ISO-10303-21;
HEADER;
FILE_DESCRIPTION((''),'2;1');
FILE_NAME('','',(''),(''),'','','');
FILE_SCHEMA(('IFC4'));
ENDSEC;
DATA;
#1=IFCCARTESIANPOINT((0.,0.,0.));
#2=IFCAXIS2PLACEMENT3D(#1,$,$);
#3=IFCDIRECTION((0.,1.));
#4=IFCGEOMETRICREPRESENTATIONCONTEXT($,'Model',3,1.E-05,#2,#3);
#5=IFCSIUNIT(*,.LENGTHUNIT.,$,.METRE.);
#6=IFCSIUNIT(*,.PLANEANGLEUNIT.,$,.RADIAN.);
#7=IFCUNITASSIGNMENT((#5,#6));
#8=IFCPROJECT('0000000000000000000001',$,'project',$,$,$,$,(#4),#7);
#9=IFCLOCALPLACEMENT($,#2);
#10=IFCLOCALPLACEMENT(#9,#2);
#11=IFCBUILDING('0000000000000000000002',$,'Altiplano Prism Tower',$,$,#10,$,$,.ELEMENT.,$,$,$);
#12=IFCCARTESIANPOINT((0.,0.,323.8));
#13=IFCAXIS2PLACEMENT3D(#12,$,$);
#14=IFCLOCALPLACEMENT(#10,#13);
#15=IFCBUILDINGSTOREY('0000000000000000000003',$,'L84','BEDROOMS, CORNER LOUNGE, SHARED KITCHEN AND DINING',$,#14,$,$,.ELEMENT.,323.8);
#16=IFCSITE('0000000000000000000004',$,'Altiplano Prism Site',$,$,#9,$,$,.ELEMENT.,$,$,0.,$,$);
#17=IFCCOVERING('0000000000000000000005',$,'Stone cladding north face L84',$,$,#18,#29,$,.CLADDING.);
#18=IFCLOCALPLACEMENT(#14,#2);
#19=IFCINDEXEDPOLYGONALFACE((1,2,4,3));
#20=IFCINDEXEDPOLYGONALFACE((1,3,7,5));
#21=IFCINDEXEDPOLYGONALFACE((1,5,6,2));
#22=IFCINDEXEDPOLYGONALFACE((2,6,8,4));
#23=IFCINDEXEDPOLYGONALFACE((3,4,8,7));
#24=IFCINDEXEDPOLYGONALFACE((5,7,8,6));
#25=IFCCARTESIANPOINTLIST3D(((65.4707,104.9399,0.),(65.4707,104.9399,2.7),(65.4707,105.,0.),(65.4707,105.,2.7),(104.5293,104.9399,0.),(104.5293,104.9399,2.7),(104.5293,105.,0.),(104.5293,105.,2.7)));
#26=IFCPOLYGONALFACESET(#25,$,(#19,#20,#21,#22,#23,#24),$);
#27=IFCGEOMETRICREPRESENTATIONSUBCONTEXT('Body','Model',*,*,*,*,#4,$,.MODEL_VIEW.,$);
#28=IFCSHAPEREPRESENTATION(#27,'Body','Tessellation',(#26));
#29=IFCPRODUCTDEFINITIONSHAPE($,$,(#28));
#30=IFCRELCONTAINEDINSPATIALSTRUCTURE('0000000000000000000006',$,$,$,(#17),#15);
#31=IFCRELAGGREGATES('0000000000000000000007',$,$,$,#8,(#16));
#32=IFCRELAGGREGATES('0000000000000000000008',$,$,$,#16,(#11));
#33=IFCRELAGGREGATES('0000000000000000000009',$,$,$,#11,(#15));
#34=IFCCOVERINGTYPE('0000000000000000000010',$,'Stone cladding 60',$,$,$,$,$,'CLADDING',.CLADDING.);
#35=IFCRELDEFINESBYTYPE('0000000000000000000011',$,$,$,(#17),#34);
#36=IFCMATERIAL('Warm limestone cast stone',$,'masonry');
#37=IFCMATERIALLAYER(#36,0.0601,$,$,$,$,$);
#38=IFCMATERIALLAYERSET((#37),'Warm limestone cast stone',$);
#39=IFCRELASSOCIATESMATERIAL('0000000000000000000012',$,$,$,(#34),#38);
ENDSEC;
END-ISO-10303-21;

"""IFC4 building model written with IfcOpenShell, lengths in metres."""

from ifc_helpers import new_model, si_unit, direction, frame, frame_2d, origin, place, context, subcontext, project, spatial, rectangle, extrude, material, layer, layer_set, type_object, element, save


model = new_model("IFC4")

# Units and contexts
model_context = context("Model", 3, precision=1e-05, world=origin(), true_north=direction((0.0, 1.0)))
body_context = subcontext(model_context, "Body", "Model", "MODEL_VIEW")
ifc_project = project(units=[si_unit("LENGTHUNIT", "METRE"), si_unit("PLANEANGLEUNIT", "RADIAN")], contexts=[model_context])

# Site, building, storey
site_placement = place(None, origin())
site = spatial("IfcSite", under=ifc_project, at=site_placement, Name="Altiplano Prism Site", CompositionType="ELEMENT", RefElevation=0.0)
building_placement = place(site_placement, origin())
building = spatial("IfcBuilding", under=site, at=building_placement, Name="Altiplano Prism Tower", CompositionType="ELEMENT")
storey_placement = place(building_placement, frame((0.0, 0.0, 323.8)))
storey = spatial("IfcBuildingStorey", under=building, at=storey_placement, Name="L84", Description="BEDROOMS, CORNER LOUNGE, SHARED KITCHEN AND DINING", CompositionType="ELEMENT", Elevation=323.8)

# Covering
ifc_material_1 = material(Name="Warm limestone cast stone", Category="masonry")
ifc_layer_1 = layer(ifc_material_1, 0.0601)
ifc_layer_set_1 = layer_set([ifc_layer_1], Name="Warm limestone cast stone")
covering_type = type_object("IfcCoveringType", Name="Stone cladding 60", ElementType="CLADDING", PredefinedType="CLADDING", material=ifc_layer_set_1)
covering_placement = place(storey_placement, frame((65.4707, 104.97, 0.0), z_axis=(0.0, 0.0, 1.0), x_axis=(1.0, 0.0, 0.0)))
element("IfcCovering", 1, at=covering_placement, inside=storey, type_object=covering_type, Name="Stone cladding north face L84", PredefinedType="CLADDING", context=body_context, shape_type="SweptSolid", body=[
    extrude(rectangle(XDim=39.0586, YDim=0.0601, at=frame_2d((19.5293, 0.0))), origin(), (0.0, 0.0, 1.0), 2.7),
])

save(model, "model.ifc")
